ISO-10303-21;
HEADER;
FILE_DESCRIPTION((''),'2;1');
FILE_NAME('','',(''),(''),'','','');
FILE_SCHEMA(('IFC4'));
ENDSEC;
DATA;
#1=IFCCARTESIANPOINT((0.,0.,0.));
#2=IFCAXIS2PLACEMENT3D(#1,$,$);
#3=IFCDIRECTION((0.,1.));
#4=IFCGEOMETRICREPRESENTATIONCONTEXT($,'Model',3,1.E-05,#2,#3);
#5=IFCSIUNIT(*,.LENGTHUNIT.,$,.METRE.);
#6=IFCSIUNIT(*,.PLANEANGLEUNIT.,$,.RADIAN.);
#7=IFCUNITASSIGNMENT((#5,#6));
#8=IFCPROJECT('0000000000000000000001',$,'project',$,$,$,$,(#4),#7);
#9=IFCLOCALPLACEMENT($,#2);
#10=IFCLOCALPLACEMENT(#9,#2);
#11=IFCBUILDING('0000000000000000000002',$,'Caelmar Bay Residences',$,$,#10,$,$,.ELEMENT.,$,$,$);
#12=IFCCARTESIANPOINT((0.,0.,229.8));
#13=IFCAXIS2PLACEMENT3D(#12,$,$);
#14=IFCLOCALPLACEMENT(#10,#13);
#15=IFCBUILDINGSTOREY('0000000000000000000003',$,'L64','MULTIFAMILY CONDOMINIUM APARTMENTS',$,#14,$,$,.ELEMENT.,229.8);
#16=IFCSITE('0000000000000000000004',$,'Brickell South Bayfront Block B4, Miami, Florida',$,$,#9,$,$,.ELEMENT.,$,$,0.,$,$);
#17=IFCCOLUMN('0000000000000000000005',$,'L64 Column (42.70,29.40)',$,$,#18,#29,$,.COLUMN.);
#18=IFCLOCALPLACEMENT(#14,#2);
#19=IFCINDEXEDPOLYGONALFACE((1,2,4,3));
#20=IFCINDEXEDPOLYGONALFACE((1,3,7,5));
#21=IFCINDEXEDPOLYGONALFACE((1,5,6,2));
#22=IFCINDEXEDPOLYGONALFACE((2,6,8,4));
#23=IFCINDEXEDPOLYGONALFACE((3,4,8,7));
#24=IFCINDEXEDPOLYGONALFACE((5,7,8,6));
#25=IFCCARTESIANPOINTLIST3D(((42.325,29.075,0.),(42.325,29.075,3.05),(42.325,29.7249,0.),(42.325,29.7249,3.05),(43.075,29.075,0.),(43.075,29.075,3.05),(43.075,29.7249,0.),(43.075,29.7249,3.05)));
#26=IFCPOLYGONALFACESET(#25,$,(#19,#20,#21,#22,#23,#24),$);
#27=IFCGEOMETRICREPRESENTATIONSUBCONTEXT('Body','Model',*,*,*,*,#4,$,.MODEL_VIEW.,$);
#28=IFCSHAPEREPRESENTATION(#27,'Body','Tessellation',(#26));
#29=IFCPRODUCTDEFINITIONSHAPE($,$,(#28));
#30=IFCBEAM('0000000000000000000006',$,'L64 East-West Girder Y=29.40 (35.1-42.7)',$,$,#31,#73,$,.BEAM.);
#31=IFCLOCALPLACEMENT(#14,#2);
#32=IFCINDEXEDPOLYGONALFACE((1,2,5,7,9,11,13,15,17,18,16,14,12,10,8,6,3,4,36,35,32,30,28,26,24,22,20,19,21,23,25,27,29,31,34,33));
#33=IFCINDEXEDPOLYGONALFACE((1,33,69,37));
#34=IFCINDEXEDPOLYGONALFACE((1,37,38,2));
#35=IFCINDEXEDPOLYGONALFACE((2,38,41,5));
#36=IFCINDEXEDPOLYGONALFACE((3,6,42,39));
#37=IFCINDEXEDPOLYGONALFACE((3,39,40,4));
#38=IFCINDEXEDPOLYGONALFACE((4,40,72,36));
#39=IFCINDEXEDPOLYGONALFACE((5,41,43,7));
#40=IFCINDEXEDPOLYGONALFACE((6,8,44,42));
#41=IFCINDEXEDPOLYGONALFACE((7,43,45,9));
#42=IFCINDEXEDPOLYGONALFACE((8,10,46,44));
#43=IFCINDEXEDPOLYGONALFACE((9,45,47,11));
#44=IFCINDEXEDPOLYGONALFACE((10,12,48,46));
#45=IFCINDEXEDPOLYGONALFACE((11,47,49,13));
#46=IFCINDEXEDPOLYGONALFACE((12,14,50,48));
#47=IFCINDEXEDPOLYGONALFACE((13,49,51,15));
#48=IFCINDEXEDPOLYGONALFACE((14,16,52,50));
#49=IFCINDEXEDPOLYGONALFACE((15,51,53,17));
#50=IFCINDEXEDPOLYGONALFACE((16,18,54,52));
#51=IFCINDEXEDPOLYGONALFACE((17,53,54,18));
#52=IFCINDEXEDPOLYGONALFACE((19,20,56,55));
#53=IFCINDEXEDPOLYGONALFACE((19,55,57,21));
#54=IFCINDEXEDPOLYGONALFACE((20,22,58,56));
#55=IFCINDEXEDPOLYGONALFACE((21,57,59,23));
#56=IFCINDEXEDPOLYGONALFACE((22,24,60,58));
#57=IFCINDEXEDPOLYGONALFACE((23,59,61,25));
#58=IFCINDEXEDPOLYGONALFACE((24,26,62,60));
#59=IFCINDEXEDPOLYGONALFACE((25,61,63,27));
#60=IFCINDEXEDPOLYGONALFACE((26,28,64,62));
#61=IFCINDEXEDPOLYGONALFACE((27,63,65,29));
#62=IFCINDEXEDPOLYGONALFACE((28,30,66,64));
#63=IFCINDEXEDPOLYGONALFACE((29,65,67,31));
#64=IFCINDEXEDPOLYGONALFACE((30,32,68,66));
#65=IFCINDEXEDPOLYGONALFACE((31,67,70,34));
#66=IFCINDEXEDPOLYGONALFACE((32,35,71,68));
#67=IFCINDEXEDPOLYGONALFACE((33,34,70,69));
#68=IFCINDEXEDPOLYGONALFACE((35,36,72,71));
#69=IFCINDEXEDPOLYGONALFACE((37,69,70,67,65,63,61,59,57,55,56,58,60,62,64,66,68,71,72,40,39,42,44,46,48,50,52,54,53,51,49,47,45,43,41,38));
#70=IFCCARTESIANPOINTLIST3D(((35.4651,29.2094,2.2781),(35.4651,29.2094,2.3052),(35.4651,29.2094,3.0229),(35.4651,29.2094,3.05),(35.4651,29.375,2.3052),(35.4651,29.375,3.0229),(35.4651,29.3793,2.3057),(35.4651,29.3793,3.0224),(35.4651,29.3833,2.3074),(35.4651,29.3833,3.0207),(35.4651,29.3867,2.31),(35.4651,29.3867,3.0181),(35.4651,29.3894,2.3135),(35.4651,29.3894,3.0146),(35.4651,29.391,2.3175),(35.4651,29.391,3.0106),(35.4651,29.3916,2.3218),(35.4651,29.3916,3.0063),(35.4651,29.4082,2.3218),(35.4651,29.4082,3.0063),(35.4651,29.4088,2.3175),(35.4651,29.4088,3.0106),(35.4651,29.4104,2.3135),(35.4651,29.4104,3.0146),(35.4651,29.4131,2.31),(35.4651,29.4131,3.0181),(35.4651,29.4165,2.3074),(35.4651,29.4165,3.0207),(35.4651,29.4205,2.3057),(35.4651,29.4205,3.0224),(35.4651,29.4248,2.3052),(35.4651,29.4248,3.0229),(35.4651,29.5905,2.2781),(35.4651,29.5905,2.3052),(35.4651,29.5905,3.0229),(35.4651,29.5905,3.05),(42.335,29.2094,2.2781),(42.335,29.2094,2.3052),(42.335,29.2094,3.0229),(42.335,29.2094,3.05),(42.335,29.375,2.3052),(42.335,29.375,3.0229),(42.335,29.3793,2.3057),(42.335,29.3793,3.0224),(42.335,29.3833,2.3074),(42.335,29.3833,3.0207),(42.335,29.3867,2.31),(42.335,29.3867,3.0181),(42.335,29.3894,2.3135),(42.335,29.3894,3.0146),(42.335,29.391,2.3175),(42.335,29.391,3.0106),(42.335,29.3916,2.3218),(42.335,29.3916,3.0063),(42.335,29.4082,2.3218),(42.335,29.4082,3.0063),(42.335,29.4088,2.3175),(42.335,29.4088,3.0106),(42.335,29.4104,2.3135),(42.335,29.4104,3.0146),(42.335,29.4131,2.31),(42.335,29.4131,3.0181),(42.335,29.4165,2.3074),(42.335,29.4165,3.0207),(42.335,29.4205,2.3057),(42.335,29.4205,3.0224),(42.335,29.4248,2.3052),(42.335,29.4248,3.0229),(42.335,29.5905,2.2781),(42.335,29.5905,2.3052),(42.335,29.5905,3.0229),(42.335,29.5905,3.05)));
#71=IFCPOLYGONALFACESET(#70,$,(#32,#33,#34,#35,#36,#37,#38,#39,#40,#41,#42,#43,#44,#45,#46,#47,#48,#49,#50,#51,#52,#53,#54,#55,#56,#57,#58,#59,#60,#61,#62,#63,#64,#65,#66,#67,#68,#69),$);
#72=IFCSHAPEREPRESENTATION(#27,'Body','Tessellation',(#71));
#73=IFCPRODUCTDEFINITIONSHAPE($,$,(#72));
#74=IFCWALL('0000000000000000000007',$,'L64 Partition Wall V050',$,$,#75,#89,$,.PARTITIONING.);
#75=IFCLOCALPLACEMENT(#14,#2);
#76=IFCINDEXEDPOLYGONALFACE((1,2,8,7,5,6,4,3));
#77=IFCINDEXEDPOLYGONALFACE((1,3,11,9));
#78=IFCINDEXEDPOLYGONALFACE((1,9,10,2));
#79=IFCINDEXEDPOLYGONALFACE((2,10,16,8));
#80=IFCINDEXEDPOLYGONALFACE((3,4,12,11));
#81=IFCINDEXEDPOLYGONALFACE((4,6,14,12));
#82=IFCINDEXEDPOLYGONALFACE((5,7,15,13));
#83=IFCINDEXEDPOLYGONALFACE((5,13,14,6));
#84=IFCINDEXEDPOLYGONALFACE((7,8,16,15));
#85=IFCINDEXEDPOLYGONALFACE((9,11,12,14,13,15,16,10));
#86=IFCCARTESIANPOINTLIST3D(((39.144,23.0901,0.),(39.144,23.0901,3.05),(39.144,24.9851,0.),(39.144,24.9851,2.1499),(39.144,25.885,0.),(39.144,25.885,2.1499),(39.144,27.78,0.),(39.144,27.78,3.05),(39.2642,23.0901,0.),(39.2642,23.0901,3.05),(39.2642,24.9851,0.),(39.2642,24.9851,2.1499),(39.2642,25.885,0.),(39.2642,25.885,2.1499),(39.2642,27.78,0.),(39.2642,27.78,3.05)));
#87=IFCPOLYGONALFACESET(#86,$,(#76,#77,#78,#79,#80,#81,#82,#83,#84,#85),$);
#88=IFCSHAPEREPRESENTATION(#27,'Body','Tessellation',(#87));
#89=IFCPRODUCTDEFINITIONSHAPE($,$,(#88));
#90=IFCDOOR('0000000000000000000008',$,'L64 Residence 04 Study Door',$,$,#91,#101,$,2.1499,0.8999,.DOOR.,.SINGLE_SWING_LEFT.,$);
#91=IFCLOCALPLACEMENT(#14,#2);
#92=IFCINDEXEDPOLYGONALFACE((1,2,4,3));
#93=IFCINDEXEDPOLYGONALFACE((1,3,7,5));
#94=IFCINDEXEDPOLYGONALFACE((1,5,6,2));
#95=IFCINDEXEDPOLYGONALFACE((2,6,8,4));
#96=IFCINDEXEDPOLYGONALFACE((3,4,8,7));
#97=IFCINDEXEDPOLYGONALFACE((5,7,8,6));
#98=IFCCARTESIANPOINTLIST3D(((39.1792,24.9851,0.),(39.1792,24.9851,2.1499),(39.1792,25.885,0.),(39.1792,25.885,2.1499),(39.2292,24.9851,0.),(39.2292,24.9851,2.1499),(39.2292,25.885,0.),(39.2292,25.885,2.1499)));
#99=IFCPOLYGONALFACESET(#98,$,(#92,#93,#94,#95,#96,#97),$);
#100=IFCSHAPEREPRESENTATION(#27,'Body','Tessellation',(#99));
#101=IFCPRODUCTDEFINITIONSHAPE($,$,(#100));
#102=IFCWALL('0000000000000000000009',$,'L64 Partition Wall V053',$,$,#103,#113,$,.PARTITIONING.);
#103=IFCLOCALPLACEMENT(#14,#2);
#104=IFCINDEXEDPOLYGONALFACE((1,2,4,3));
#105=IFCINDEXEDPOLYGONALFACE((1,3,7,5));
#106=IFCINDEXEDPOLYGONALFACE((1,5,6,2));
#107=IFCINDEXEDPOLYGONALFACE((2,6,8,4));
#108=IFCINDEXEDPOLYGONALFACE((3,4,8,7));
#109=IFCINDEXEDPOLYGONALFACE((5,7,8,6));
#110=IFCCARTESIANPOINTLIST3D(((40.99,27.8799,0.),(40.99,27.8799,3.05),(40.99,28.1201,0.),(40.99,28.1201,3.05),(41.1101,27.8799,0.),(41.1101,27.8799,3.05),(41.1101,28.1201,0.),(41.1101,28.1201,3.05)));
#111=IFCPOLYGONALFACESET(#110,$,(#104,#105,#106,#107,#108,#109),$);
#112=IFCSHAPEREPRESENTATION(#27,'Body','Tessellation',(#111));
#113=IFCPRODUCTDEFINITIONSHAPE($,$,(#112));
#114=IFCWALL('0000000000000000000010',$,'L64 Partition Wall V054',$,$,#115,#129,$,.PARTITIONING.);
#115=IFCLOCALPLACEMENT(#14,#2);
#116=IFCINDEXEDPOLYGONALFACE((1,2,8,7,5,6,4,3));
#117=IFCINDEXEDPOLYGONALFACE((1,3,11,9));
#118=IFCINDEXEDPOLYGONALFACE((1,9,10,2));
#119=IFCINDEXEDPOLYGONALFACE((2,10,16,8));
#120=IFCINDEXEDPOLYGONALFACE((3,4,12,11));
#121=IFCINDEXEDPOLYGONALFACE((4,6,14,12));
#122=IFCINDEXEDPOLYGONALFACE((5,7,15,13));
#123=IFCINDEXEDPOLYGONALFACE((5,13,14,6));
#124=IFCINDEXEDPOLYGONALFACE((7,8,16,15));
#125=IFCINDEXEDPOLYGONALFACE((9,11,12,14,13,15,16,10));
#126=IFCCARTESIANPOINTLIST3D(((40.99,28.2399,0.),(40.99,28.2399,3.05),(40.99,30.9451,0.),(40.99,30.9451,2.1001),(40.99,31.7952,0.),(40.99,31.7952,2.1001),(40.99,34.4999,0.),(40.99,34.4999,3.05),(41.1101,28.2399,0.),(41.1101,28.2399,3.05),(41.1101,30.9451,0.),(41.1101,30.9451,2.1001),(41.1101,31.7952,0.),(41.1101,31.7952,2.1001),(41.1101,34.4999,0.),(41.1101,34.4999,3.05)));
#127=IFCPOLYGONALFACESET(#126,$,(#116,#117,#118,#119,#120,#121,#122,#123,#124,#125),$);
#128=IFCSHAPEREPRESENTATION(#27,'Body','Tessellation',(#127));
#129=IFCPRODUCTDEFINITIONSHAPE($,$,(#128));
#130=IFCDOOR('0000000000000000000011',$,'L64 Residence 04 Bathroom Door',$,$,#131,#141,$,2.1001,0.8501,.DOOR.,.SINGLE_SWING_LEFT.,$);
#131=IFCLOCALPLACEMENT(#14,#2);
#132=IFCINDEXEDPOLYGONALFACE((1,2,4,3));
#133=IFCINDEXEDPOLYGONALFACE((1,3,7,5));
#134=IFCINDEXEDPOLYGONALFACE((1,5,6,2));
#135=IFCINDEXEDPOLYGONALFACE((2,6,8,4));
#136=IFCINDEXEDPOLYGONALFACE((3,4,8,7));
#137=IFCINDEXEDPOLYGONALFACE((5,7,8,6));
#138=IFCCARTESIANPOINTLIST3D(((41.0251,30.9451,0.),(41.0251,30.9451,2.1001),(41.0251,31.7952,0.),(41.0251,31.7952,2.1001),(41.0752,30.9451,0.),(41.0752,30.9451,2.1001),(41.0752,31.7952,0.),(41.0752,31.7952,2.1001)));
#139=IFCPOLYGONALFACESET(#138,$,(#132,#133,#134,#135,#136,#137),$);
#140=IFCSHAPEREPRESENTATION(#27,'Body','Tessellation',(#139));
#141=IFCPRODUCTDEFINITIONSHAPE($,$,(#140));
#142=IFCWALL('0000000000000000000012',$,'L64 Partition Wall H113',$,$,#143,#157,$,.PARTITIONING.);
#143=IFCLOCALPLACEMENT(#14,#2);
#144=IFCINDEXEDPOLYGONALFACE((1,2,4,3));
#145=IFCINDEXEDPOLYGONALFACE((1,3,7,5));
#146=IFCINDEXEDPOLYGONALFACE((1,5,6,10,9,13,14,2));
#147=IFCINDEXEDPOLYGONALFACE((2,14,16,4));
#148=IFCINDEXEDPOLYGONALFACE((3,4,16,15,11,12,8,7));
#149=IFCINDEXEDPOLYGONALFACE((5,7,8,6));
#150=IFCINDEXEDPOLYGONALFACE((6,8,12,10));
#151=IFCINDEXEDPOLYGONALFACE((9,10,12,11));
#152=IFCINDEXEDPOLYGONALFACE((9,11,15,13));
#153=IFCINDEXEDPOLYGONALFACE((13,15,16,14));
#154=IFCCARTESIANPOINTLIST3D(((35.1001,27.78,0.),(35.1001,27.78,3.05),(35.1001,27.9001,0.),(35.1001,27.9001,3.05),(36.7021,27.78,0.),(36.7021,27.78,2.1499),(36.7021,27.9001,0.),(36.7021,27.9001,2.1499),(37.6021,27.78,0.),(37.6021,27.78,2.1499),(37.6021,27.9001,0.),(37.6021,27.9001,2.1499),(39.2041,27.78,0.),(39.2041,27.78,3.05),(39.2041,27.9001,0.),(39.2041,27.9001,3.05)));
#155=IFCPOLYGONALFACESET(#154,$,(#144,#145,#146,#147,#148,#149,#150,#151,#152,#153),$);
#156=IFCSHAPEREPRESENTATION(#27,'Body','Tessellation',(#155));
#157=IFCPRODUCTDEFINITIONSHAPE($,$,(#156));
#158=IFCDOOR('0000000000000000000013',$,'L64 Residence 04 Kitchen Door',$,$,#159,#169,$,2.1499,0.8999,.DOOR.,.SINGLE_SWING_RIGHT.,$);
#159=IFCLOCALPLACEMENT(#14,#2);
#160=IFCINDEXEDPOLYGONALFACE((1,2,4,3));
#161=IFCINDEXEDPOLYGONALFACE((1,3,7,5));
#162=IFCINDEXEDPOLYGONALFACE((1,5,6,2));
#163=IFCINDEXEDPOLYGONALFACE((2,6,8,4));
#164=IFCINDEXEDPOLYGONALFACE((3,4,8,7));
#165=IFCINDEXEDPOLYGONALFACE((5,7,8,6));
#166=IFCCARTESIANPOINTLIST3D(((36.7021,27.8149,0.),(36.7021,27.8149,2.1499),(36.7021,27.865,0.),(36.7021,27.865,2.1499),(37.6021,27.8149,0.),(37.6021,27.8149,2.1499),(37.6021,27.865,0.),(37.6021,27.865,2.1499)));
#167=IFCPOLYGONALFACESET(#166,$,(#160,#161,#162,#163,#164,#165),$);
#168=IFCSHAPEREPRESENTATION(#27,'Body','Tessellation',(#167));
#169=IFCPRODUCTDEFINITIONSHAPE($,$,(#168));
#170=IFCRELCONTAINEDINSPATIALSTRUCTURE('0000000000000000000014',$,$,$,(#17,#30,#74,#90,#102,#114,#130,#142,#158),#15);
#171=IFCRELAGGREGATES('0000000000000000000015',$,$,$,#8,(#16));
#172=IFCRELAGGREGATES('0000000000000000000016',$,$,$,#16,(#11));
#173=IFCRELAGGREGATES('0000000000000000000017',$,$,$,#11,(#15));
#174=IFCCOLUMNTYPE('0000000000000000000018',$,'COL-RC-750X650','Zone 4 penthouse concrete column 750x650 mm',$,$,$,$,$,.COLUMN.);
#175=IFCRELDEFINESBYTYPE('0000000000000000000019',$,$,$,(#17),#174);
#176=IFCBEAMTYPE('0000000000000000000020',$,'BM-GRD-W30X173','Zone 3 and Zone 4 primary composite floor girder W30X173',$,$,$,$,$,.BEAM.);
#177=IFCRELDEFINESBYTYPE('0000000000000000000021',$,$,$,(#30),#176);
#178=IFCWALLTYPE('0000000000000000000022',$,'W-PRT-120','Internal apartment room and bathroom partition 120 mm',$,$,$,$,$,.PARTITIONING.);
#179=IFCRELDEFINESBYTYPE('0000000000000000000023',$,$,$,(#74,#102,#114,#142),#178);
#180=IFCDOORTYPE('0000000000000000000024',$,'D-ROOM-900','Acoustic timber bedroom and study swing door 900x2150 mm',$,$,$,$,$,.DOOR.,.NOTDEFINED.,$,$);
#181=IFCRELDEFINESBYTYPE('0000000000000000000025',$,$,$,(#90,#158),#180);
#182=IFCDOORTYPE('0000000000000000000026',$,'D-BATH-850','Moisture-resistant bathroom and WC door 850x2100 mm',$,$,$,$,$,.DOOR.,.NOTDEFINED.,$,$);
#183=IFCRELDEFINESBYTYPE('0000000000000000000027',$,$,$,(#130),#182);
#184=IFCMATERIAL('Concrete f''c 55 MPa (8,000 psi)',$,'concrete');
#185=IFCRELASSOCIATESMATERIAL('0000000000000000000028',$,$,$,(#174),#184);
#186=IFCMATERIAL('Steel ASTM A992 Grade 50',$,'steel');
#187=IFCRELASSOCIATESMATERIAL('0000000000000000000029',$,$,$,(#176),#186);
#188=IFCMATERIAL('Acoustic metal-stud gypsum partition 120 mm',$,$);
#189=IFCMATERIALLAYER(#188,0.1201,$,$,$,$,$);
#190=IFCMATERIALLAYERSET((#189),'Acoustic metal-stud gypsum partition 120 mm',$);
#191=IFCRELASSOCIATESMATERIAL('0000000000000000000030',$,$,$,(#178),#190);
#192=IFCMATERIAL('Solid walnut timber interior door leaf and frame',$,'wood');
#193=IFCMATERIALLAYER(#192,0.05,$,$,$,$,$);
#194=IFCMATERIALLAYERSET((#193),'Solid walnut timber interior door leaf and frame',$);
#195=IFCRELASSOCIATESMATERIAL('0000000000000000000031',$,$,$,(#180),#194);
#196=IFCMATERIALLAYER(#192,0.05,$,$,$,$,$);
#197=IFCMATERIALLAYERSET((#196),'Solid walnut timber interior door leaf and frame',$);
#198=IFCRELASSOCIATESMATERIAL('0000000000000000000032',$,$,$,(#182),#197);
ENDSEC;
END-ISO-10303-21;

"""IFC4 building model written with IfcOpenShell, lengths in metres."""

from ifc_helpers import new_model, si_unit, direction, frame, frame_2d, origin, origin_2d, place, context, subcontext, project, spatial, rectangle, i_section, extrude, material, layer, layer_set, material_profile, profile_set, type_object, element, fill, save


model = new_model("IFC4")

# Units and contexts
model_context = context("Model", 3, precision=1e-05, world=origin(), true_north=direction((0.0, 1.0)))
body_context = subcontext(model_context, "Body", "Model", "MODEL_VIEW")
ifc_project = project(units=[si_unit("LENGTHUNIT", "METRE"), si_unit("PLANEANGLEUNIT", "RADIAN")], contexts=[model_context])

# Site, building, storey
site_placement = place(None, origin())
site = spatial("IfcSite", under=ifc_project, at=site_placement, Name="Brickell South Bayfront Block B4, Miami, Florida", CompositionType="ELEMENT", RefElevation=0.0)
building_placement = place(site_placement, origin())
building = spatial("IfcBuilding", under=site, at=building_placement, Name="Caelmar Bay Residences", CompositionType="ELEMENT")
storey_placement = place(building_placement, frame((0.0, 0.0, 229.8)))
storey = spatial("IfcBuildingStorey", under=building, at=storey_placement, Name="L64", Description="MULTIFAMILY CONDOMINIUM APARTMENTS", CompositionType="ELEMENT", Elevation=229.8)

# Column
ifc_material_1 = material(Name="Concrete f'c 55 MPa (8,000 psi)", Category="concrete")
ifc_material_profile_1 = material_profile(ifc_material_1, rectangle(XDim=0.75, YDim=0.6499, at=origin_2d()), Name="RC-COL-750X650")
ifc_profile_set_1 = profile_set([ifc_material_profile_1], Name="Concrete f'c 55 MPa (8,000 psi)")
column_type = type_object("IfcColumnType", Name="COL-RC-750X650", Description="Zone 4 penthouse concrete column 750x650 mm", PredefinedType="COLUMN", material=ifc_profile_set_1)
column_placement = place(storey_placement, frame((42.7, 29.3999, 0.0), z_axis=(0.0, 0.0, 1.0), x_axis=(1.0, 0.0, 0.0)))
element("IfcColumn", 1, at=column_placement, inside=storey, type_object=column_type, Name="L64 Column (42.70,29.40)", PredefinedType="COLUMN", context=body_context, shape_type="SweptSolid", body=[
    extrude(rectangle(XDim=0.75, YDim=0.6499, at=origin_2d()), origin(), (0.0, 0.0, 1.0), 3.05),
])

# Beam
ifc_material_2 = material(Name="Steel ASTM A992 Grade 50", Category="steel")
ifc_material_profile_2 = material_profile(ifc_material_2, i_section(OverallWidth=0.3811, OverallDepth=0.772, WebThickness=0.0166, FlangeThickness=0.0271, FilletRadius=0.0166, at=origin_2d()), Name="W30X173")
ifc_profile_set_2 = profile_set([ifc_material_profile_2], Name="Steel ASTM A992 Grade 50")
beam_type = type_object("IfcBeamType", Name="BM-GRD-W30X173", Description="Zone 3 and Zone 4 primary composite floor girder W30X173", PredefinedType="BEAM", material=ifc_profile_set_2)
beam_placement = place(storey_placement, frame((35.4651, 29.3999, 2.6641), z_axis=(1.0, 0.0, 0.0), x_axis=(0.0, 1.0, 0.0)))
element("IfcBeam", 2, at=beam_placement, inside=storey, type_object=beam_type, Name="L64 East-West Girder Y=29.40 (35.1-42.7)", PredefinedType="BEAM", context=body_context, shape_type="SweptSolid", body=[
    extrude(i_section(OverallWidth=0.3811, OverallDepth=0.772, WebThickness=0.0166, FlangeThickness=0.0271, FilletRadius=0.0166, at=origin_2d()), origin(), (0.0, 0.0, 1.0), 6.8699),
])

# Wall, opening, door
ifc_material_3 = material(Name="Acoustic metal-stud gypsum partition 120 mm")
ifc_layer_1 = layer(ifc_material_3, 0.1201)
ifc_layer_set_1 = layer_set([ifc_layer_1], Name="Acoustic metal-stud gypsum partition 120 mm")
wall_type_1 = type_object("IfcWallType", Name="W-PRT-120", Description="Internal apartment room and bathroom partition 120 mm", PredefinedType="PARTITIONING", material=ifc_layer_set_1)
wall_1_placement = place(storey_placement, frame((39.2041, 23.0901, 0.0), z_axis=(0.0, 0.0, 1.0), x_axis=(0.0, 1.0, 0.0)))
wall_1 = element("IfcWall", 3, at=wall_1_placement, inside=storey, type_object=wall_type_1, Name="L64 Partition Wall V050", PredefinedType="PARTITIONING", context=body_context, shape_type="SweptSolid", body=[
    extrude(rectangle(XDim=4.6899, YDim=0.1201, at=frame_2d((2.345, 0.0))), origin(), (0.0, 0.0, 1.0), 3.05),
])
opening_1_placement = place(wall_1_placement, frame((1.895, 0.0, 0.0)))
opening_1 = element("IfcOpeningElement", 4, at=opening_1_placement, cuts=wall_1, PredefinedType="OPENING", context=body_context, shape_type="SweptSolid", body=[
    extrude(rectangle(XDim=0.8999, YDim=2.1499, at=frame_2d((0.45, 1.075))), frame((0.0, 0.0701, 0.0), z_axis=(0.0, -1.0, 0.0), x_axis=(1.0, 0.0, 0.0)), (0.0, 0.0, 1.0), 0.1401),
])
ifc_material_4 = material(Name="Solid walnut timber interior door leaf and frame", Category="wood")
ifc_layer_2 = layer(ifc_material_4, 0.05)
ifc_layer_set_2 = layer_set([ifc_layer_2], Name="Solid walnut timber interior door leaf and frame")
door_type_1 = type_object("IfcDoorType", Name="D-ROOM-900", Description="Acoustic timber bedroom and study swing door 900x2150 mm", OperationType="NOTDEFINED", PredefinedType="DOOR", material=ifc_layer_set_2)
door_1_placement = place(opening_1_placement, origin())
door_1 = element("IfcDoor", 5, at=door_1_placement, inside=storey, type_object=door_type_1, Name="L64 Residence 04 Study Door", OperationType="SINGLE_SWING_LEFT", OverallHeight=2.1499, OverallWidth=0.8999, PredefinedType="DOOR", context=body_context, shape_type="SweptSolid", body=[
    extrude(rectangle(XDim=0.8999, YDim=2.1499, at=frame_2d((0.45, 1.075))), frame((0.0, 0.0249, 0.0), z_axis=(0.0, -1.0, 0.0), x_axis=(1.0, 0.0, 0.0)), (0.0, 0.0, 1.0), 0.05),
])
fill(opening_1, door_1)

# Wall
wall_2_placement = place(storey_placement, frame((41.05, 27.8799, 0.0), z_axis=(0.0, 0.0, 1.0), x_axis=(0.0, 1.0, 0.0)))
element("IfcWall", 6, at=wall_2_placement, inside=storey, type_object=wall_type_1, Name="L64 Partition Wall V053", PredefinedType="PARTITIONING", context=body_context, shape_type="SweptSolid", body=[
    extrude(rectangle(XDim=0.2402, YDim=0.1201, at=frame_2d((0.1201, 0.0))), origin(), (0.0, 0.0, 1.0), 3.05),
])

# Walls, openings, doors
wall_3_placement = place(storey_placement, frame((41.05, 28.24, 0.0), z_axis=(0.0, 0.0, 1.0), x_axis=(0.0, 1.0, 0.0)))
wall_3 = element("IfcWall", 7, at=wall_3_placement, inside=storey, type_object=wall_type_1, Name="L64 Partition Wall V054", PredefinedType="PARTITIONING", context=body_context, shape_type="SweptSolid", body=[
    extrude(rectangle(XDim=6.26, YDim=0.1201, at=frame_2d((3.1299, 0.0))), origin(), (0.0, 0.0, 1.0), 3.05),
])
opening_2_placement = place(wall_3_placement, frame((2.7051, 0.0, 0.0)))
opening_2 = element("IfcOpeningElement", 8, at=opening_2_placement, cuts=wall_3, PredefinedType="OPENING", context=body_context, shape_type="SweptSolid", body=[
    extrude(rectangle(XDim=0.8501, YDim=2.1001, at=frame_2d((0.425, 1.05))), frame((0.0, 0.0701, 0.0), z_axis=(0.0, -1.0, 0.0), x_axis=(1.0, 0.0, 0.0)), (0.0, 0.0, 1.0), 0.1401),
])
ifc_layer_3 = layer(ifc_material_4, 0.05)
ifc_layer_set_3 = layer_set([ifc_layer_3], Name="Solid walnut timber interior door leaf and frame")
door_type_2 = type_object("IfcDoorType", Name="D-BATH-850", Description="Moisture-resistant bathroom and WC door 850x2100 mm", OperationType="NOTDEFINED", PredefinedType="DOOR", material=ifc_layer_set_3)
door_2_placement = place(opening_2_placement, origin())
door_2 = element("IfcDoor", 9, at=door_2_placement, inside=storey, type_object=door_type_2, Name="L64 Residence 04 Bathroom Door", OperationType="SINGLE_SWING_LEFT", OverallHeight=2.1001, OverallWidth=0.8501, PredefinedType="DOOR", context=body_context, shape_type="SweptSolid", body=[
    extrude(rectangle(XDim=0.8501, YDim=2.1001, at=frame_2d((0.425, 1.05))), frame((0.0, 0.0249, 0.0), z_axis=(0.0, -1.0, 0.0), x_axis=(1.0, 0.0, 0.0)), (0.0, 0.0, 1.0), 0.05),
])
fill(opening_2, door_2)
wall_4_placement = place(storey_placement, frame((35.1001, 27.8401, 0.0), z_axis=(0.0, 0.0, 1.0), x_axis=(1.0, 0.0, 0.0)))
wall_4 = element("IfcWall", 10, at=wall_4_placement, inside=storey, type_object=wall_type_1, Name="L64 Partition Wall H113", PredefinedType="PARTITIONING", context=body_context, shape_type="SweptSolid", body=[
    extrude(rectangle(XDim=4.104, YDim=0.1201, at=frame_2d((2.052, 0.0))), origin(), (0.0, 0.0, 1.0), 3.05),
])
opening_3_placement = place(wall_4_placement, frame((1.6021, 0.0, 0.0)))
opening_3 = element("IfcOpeningElement", 11, at=opening_3_placement, cuts=wall_4, PredefinedType="OPENING", context=body_context, shape_type="SweptSolid", body=[
    extrude(rectangle(XDim=0.8999, YDim=2.1499, at=frame_2d((0.45, 1.075))), frame((0.0, 0.0701, 0.0), z_axis=(0.0, -1.0, 0.0), x_axis=(1.0, 0.0, 0.0)), (0.0, 0.0, 1.0), 0.1401),
])
door_3_placement = place(opening_3_placement, origin())
door_3 = element("IfcDoor", 12, at=door_3_placement, inside=storey, type_object=door_type_1, Name="L64 Residence 04 Kitchen Door", OperationType="SINGLE_SWING_RIGHT", OverallHeight=2.1499, OverallWidth=0.8999, PredefinedType="DOOR", context=body_context, shape_type="SweptSolid", body=[
    extrude(rectangle(XDim=0.8999, YDim=2.1499, at=frame_2d((0.45, 1.075))), frame((0.0, 0.0249, 0.0), z_axis=(0.0, -1.0, 0.0), x_axis=(1.0, 0.0, 0.0)), (0.0, 0.0, 1.0), 0.05),
])
fill(opening_3, door_3)

save(model, "model.ifc")
